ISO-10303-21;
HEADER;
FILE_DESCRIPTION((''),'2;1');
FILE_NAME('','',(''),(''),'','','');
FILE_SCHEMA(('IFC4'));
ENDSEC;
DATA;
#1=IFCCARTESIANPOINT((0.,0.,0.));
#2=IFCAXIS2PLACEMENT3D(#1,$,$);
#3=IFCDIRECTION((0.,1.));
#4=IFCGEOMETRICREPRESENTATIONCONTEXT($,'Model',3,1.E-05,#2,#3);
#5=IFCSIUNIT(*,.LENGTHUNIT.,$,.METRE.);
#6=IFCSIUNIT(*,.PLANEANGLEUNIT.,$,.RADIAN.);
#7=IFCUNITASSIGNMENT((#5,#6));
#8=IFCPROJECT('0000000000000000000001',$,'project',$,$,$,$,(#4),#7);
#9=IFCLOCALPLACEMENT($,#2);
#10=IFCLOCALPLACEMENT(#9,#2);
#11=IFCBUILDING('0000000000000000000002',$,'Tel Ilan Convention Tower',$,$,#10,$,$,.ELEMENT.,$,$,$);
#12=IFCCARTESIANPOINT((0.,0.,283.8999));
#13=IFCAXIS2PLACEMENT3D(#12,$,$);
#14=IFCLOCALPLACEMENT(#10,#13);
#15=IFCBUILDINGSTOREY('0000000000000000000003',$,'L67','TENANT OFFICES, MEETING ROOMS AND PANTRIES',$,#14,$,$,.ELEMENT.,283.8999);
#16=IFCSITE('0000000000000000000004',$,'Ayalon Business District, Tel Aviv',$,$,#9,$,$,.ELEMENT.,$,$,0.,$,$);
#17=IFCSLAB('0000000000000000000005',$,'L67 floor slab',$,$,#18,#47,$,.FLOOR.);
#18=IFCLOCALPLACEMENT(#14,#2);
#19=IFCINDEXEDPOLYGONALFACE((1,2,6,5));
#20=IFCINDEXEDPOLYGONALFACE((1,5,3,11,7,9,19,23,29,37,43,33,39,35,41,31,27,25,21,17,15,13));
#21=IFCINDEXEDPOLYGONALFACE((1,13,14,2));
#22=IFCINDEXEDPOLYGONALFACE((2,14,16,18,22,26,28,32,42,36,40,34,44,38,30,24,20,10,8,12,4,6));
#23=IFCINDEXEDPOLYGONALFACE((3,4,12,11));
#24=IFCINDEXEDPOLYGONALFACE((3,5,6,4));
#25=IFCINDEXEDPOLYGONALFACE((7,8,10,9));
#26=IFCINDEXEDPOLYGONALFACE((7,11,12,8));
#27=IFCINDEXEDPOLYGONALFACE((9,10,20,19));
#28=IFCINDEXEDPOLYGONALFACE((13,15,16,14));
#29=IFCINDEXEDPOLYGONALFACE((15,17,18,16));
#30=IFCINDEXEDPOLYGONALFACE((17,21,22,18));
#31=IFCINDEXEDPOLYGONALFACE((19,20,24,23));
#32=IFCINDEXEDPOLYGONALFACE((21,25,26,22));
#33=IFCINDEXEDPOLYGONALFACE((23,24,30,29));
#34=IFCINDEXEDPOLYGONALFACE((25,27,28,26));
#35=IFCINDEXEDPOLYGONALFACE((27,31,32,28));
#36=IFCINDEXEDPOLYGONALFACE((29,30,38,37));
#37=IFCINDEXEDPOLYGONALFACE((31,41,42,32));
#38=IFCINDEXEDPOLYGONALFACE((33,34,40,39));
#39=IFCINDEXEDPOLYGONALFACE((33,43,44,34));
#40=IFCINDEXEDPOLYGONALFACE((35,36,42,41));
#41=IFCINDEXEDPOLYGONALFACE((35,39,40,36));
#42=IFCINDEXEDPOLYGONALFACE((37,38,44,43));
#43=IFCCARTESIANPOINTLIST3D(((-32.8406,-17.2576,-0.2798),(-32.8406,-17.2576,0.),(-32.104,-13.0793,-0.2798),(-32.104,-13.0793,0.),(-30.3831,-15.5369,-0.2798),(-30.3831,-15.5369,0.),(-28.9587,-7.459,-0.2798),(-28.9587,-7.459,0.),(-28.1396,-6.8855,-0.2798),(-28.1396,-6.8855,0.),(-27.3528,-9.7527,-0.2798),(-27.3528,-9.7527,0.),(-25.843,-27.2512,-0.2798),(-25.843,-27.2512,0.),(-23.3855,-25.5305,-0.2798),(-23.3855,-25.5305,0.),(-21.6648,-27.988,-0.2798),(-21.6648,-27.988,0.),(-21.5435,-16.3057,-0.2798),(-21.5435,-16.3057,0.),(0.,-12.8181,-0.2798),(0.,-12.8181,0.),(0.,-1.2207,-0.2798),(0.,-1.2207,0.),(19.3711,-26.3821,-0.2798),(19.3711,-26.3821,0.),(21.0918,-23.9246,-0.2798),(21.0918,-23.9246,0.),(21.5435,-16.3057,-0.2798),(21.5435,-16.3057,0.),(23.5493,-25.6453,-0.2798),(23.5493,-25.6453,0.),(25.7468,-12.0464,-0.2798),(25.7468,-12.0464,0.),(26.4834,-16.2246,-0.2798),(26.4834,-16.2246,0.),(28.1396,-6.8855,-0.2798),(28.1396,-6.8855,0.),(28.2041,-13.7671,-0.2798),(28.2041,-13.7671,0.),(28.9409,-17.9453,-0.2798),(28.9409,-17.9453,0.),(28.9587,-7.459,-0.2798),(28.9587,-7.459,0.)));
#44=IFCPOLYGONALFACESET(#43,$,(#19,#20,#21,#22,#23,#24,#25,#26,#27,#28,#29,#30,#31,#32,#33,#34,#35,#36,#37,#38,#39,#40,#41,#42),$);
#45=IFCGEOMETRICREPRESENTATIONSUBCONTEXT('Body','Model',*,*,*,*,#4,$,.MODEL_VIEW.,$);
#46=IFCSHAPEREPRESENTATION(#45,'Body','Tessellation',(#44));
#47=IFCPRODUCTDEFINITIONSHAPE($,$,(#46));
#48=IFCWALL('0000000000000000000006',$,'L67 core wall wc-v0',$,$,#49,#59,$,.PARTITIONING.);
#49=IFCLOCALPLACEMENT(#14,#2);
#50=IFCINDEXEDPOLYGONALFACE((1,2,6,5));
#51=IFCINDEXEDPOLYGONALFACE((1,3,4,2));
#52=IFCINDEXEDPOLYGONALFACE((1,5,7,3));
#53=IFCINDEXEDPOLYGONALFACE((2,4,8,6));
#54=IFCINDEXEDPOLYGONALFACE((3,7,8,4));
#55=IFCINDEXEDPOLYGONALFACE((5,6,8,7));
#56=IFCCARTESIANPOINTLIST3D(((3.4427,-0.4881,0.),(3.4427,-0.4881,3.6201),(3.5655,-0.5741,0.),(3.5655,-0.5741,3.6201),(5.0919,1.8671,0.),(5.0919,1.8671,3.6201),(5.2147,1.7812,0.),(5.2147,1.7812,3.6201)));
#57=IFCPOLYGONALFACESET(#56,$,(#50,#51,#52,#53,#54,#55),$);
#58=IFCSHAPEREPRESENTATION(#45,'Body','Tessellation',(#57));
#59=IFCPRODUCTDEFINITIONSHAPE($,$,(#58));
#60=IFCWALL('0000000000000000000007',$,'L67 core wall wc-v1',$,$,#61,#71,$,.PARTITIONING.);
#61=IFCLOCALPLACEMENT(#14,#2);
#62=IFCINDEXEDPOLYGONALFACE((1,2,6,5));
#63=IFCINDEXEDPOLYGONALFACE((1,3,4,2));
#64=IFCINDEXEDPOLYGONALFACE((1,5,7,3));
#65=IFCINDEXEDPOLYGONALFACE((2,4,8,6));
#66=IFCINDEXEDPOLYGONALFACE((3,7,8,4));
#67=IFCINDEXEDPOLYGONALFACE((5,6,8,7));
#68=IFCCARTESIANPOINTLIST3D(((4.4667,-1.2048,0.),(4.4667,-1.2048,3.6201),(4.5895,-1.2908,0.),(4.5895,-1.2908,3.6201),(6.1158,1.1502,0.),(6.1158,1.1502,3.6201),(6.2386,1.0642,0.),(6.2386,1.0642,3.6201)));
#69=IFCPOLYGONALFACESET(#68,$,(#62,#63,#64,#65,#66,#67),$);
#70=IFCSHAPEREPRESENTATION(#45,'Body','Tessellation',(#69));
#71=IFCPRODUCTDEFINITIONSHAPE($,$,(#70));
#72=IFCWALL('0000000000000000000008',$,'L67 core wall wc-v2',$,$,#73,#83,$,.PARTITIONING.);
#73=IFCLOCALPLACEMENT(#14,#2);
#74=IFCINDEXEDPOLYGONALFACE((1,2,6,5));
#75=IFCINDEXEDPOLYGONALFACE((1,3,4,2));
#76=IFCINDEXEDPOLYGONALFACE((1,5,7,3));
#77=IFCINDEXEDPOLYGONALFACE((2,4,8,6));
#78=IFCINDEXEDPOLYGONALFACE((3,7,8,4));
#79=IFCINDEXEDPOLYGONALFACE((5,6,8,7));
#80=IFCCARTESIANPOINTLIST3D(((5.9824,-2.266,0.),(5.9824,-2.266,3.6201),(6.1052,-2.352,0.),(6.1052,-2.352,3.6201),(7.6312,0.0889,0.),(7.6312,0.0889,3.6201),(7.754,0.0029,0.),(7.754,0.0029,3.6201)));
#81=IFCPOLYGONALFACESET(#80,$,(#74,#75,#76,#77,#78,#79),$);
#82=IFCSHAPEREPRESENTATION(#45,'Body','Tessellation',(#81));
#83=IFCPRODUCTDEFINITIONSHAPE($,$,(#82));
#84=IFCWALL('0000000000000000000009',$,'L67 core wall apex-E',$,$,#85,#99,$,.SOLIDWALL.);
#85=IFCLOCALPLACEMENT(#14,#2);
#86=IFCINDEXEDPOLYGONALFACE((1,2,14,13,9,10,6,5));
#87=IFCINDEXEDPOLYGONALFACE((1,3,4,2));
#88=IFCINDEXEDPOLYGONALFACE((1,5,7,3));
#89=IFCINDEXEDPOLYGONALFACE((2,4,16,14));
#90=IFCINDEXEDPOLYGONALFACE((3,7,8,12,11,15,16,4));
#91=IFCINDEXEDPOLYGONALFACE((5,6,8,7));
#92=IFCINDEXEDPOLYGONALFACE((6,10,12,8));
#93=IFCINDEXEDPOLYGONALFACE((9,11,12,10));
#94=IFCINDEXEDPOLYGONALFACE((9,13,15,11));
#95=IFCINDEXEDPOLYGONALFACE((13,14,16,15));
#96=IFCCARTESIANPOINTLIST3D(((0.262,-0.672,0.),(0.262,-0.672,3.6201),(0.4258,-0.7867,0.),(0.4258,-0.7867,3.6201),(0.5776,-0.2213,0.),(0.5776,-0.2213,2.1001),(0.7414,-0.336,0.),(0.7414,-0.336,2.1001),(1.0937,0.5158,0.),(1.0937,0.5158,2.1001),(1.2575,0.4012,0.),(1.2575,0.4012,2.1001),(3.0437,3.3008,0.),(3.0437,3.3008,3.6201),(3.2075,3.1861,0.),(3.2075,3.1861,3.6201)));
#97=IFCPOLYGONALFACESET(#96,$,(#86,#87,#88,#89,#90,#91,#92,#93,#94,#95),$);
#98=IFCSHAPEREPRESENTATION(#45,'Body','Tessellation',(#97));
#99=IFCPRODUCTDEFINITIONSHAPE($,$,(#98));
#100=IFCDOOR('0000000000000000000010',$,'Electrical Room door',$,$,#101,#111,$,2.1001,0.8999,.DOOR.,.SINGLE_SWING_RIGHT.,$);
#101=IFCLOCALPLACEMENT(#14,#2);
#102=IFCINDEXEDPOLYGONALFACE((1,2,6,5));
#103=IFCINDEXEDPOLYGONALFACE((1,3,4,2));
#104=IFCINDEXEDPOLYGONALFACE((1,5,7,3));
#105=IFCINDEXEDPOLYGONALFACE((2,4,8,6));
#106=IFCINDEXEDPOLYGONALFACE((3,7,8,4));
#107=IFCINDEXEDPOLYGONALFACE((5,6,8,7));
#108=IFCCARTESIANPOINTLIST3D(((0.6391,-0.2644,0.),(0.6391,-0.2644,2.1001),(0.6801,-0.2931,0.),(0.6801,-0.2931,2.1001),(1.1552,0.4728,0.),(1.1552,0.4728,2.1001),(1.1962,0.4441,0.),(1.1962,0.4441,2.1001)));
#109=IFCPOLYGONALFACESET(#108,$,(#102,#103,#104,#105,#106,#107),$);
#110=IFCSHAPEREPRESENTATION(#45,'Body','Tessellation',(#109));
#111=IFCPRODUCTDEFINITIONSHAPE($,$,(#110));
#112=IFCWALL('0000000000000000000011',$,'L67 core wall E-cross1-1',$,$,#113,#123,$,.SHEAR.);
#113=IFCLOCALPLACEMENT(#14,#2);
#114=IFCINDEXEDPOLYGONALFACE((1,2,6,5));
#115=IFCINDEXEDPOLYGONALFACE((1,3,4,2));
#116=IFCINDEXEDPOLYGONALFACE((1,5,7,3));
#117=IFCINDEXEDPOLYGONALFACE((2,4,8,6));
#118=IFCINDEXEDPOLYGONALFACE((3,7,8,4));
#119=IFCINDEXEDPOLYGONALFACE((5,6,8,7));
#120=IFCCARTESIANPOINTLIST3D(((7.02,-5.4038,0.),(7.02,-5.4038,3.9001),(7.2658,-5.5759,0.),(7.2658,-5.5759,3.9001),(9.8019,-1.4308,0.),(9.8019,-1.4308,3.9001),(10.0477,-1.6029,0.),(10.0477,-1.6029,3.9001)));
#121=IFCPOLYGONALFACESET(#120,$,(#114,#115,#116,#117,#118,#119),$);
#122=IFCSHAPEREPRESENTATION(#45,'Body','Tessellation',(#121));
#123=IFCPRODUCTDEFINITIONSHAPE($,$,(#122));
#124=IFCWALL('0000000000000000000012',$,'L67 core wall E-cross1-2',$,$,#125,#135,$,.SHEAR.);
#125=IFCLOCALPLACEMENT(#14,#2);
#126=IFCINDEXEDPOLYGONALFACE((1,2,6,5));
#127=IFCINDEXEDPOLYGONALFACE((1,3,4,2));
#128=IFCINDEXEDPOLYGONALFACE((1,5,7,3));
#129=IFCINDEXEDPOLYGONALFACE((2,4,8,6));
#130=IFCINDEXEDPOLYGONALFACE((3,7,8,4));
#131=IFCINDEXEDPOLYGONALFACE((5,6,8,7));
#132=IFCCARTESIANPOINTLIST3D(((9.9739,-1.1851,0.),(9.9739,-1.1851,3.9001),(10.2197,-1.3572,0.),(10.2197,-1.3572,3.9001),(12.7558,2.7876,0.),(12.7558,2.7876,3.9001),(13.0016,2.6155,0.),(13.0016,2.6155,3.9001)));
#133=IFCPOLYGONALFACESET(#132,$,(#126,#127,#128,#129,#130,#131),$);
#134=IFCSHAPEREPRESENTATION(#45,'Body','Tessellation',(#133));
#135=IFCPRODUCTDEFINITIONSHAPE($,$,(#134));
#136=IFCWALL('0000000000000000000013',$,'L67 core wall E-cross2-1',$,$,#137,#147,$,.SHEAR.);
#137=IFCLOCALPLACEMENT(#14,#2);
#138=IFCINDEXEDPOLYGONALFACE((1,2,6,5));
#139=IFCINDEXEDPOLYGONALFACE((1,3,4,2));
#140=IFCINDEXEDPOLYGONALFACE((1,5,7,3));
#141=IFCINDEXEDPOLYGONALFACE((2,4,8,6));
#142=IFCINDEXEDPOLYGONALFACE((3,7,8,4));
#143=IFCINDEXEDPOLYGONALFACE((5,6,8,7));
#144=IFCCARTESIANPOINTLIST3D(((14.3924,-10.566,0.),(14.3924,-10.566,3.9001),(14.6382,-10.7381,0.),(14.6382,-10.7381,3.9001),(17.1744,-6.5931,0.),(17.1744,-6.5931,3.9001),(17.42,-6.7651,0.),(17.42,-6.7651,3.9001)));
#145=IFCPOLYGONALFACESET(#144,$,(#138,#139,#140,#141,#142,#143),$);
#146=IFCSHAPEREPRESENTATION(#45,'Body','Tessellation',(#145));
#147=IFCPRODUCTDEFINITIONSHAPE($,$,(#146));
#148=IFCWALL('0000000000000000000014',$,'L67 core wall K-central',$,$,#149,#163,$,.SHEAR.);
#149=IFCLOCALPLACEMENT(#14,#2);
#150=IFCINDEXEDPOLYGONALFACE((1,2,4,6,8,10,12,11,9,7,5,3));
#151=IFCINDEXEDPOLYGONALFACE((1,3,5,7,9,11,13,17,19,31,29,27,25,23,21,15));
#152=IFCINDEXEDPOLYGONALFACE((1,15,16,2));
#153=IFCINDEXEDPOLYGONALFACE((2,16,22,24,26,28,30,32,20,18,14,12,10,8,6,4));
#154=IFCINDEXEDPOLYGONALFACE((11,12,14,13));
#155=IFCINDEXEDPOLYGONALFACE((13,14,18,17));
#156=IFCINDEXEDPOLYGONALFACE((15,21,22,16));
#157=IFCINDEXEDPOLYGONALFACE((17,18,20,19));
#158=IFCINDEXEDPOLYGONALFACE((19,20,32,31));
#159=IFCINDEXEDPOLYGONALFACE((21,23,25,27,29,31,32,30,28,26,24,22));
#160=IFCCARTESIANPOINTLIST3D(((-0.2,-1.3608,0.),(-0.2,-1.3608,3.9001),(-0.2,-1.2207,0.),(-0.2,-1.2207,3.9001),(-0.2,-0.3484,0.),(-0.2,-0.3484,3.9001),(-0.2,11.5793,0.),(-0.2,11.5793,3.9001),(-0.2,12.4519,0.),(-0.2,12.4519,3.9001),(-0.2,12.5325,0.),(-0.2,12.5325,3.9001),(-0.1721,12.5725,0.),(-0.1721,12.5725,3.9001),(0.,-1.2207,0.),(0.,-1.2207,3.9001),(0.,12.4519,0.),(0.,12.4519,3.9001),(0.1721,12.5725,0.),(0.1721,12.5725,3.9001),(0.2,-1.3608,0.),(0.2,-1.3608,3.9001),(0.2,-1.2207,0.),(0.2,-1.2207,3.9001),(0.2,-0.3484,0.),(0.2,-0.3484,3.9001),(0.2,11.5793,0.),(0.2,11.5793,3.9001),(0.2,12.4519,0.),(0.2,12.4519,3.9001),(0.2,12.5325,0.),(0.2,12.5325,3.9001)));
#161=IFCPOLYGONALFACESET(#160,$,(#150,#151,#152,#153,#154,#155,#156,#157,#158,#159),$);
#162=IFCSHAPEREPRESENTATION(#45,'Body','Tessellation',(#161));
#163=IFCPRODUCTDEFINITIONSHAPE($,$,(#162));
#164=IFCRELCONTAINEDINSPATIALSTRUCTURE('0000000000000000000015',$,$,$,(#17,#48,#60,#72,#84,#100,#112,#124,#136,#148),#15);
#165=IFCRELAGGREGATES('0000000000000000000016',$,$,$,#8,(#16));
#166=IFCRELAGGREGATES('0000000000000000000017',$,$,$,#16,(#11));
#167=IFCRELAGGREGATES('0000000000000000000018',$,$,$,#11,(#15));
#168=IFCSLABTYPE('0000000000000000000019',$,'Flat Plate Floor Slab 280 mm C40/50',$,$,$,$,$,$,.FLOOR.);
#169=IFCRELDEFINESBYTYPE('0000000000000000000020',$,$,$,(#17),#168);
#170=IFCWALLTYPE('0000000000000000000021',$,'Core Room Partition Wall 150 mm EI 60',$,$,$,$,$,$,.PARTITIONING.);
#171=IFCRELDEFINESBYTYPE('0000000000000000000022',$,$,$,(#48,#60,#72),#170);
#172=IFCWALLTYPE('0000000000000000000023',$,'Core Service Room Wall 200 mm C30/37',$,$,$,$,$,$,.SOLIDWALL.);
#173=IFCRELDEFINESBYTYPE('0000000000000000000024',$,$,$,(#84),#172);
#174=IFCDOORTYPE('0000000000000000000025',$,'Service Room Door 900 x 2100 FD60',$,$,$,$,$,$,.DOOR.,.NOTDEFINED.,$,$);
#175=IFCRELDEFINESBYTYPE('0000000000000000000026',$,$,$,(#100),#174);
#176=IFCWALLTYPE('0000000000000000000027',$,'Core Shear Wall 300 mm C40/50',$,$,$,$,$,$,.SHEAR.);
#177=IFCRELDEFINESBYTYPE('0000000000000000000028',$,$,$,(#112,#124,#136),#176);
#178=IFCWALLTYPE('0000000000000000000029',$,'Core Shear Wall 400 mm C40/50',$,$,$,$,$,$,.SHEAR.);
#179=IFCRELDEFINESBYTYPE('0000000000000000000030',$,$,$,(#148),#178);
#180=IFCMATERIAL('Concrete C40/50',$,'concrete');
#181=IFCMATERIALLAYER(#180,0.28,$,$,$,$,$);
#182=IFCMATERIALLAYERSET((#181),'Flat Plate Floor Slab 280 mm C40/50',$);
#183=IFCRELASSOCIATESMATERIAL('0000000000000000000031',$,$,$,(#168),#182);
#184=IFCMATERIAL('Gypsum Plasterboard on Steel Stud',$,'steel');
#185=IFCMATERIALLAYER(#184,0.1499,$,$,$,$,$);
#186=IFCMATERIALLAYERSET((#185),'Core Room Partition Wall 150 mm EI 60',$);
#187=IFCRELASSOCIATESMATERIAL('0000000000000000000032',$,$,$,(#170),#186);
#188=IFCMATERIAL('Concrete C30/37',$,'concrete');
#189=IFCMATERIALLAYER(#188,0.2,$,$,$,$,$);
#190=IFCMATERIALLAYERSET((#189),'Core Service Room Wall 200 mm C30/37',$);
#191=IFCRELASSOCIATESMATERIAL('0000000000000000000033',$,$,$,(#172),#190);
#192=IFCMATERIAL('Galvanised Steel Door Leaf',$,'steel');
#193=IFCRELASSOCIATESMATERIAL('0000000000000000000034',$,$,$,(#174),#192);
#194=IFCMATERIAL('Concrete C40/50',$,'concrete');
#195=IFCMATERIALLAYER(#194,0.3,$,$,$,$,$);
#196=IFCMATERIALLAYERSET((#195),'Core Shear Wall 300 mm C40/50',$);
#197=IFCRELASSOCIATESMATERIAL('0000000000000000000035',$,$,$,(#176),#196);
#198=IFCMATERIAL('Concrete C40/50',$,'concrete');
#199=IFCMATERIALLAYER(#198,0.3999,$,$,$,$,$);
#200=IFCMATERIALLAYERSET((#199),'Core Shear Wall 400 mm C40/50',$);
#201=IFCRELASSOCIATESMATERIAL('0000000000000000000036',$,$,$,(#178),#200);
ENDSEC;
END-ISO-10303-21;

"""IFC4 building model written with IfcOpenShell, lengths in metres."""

from ifc_helpers import new_model, si_unit, direction, frame, frame_2d, origin, place, context, subcontext, project, spatial, polyline, rectangle, outline, extrude, material, layer, layer_set, type_object, element, fill, save


model = new_model("IFC4")

# Units and contexts
model_context = context("Model", 3, precision=1e-05, world=origin(), true_north=direction((0.0, 1.0)))
body_context = subcontext(model_context, "Body", "Model", "MODEL_VIEW")
ifc_project = project(units=[si_unit("LENGTHUNIT", "METRE"), si_unit("PLANEANGLEUNIT", "RADIAN")], contexts=[model_context])

# Site, building, storey
site_placement = place(None, origin())
site = spatial("IfcSite", under=ifc_project, at=site_placement, Name="Ayalon Business District, Tel Aviv", CompositionType="ELEMENT", RefElevation=0.0)
building_placement = place(site_placement, origin())
building = spatial("IfcBuilding", under=site, at=building_placement, Name="Tel Ilan Convention Tower", CompositionType="ELEMENT")
storey_placement = place(building_placement, frame((0.0, 0.0, 283.8999)))
storey = spatial("IfcBuildingStorey", under=building, at=storey_placement, Name="L67", Description="TENANT OFFICES, MEETING ROOMS AND PANTRIES", CompositionType="ELEMENT", Elevation=283.8999)

# Slab
ifc_material_1 = material(Name="Concrete C40/50", Category="concrete")
ifc_layer_1 = layer(ifc_material_1, 0.28)
ifc_layer_set_1 = layer_set([ifc_layer_1], Name="Flat Plate Floor Slab 280 mm C40/50")
slab_type_1 = type_object("IfcSlabType", Name="Flat Plate Floor Slab 280 mm C40/50", PredefinedType="FLOOR", material=ifc_layer_set_1)
slab_1_placement = place(storey_placement, frame((0.0, 0.0, -0.2798)))
element("IfcSlab", 1, at=slab_1_placement, inside=storey, type_object=slab_type_1, Name="L67 floor slab", PredefinedType="FLOOR", context=body_context, shape_type="SweptSolid", body=[
    extrude(outline(polyline([(-21.5435, -16.3057), (0.0, -1.2207), (21.5435, -16.3057), (28.1396, -6.8855), (28.9587, -7.459), (25.7468, -12.0464), (28.2041, -13.7671), (26.4834, -16.2246), (28.9409, -17.9453), (23.5493, -25.6453), (21.0918, -23.9246), (19.3711, -26.3821), (0.0, -12.8181), (-21.6648, -27.988), (-23.3855, -25.5305), (-25.843, -27.2512), (-32.8406, -17.2576), (-30.3831, -15.5369), (-32.104, -13.0793), (-27.3528, -9.7527), (-28.9587, -7.459), (-28.1396, -6.8855), (-21.5435, -16.3057)])), origin(), (0.0, 0.0, 1.0), 0.2798),
])

# Walls
ifc_material_2 = material(Name="Gypsum Plasterboard on Steel Stud", Category="steel")
ifc_layer_2 = layer(ifc_material_2, 0.1499)
ifc_layer_set_2 = layer_set([ifc_layer_2], Name="Core Room Partition Wall 150 mm EI 60")
wall_type_1 = type_object("IfcWallType", Name="Core Room Partition Wall 150 mm EI 60", PredefinedType="PARTITIONING", material=ifc_layer_set_2)
wall_1_placement = place(storey_placement, frame((3.5042, -0.531, 0.0), z_axis=(0.0, 0.0, 1.0), x_axis=(0.573582, 0.819148, 0.0)))
element("IfcWall", 2, at=wall_1_placement, inside=storey, type_object=wall_type_1, Name="L67 core wall wc-v0", PredefinedType="PARTITIONING", context=body_context, shape_type="SweptSolid", body=[
    extrude(rectangle(XDim=2.8752, YDim=0.1499, at=frame_2d((1.4375, 0.0))), origin(), (0.0, 0.0, 1.0), 3.6201),
])
wall_2_placement = place(storey_placement, frame((4.5281, -1.2478, 0.0), z_axis=(0.0, 0.0, 1.0), x_axis=(0.573622, 0.81912, 0.0)))
element("IfcWall", 3, at=wall_2_placement, inside=storey, type_object=wall_type_1, Name="L67 core wall wc-v1", PredefinedType="PARTITIONING", context=body_context, shape_type="SweptSolid", body=[
    extrude(rectangle(XDim=2.875, YDim=0.1499, at=frame_2d((1.4375, 0.0))), origin(), (0.0, 0.0, 1.0), 3.6201),
])
wall_3_placement = place(storey_placement, frame((6.0437, -2.3091, 0.0), z_axis=(0.0, 0.0, 1.0), x_axis=(0.573565, 0.81916, 0.0)))
element("IfcWall", 4, at=wall_3_placement, inside=storey, type_object=wall_type_1, Name="L67 core wall wc-v2", PredefinedType="PARTITIONING", context=body_context, shape_type="SweptSolid", body=[
    extrude(rectangle(XDim=2.8748, YDim=0.1499, at=frame_2d((1.4375, 0.0))), origin(), (0.0, 0.0, 1.0), 3.6201),
])

# Wall, opening, door
ifc_material_3 = material(Name="Concrete C30/37", Category="concrete")
ifc_layer_3 = layer(ifc_material_3, 0.2)
ifc_layer_set_3 = layer_set([ifc_layer_3], Name="Core Service Room Wall 200 mm C30/37")
wall_type_2 = type_object("IfcWallType", Name="Core Service Room Wall 200 mm C30/37", PredefinedType="SOLIDWALL", material=ifc_layer_set_3)
wall_4_placement = place(storey_placement, frame((0.344, -0.7292, 0.0), z_axis=(0.0, 0.0, 1.0), x_axis=(0.57356, 0.819163, 0.0)))
wall_4 = element("IfcWall", 5, at=wall_4_placement, inside=storey, type_object=wall_type_2, Name="L67 core wall apex-E", PredefinedType="SOLIDWALL", context=body_context, shape_type="SweptSolid", body=[
    extrude(rectangle(XDim=4.8499, YDim=0.2, at=frame_2d((2.4248, 0.0))), origin(), (0.0, 0.0, 1.0), 3.6201),
])
opening_1_placement = place(wall_4_placement, frame((0.55, 0.0, 0.0)))
opening_1 = element("IfcOpeningElement", 6, at=opening_1_placement, cuts=wall_4, PredefinedType="OPENING", context=body_context, shape_type="SweptSolid", body=[
    extrude(rectangle(XDim=0.8999, YDim=2.1001, at=frame_2d((0.45, 1.05))), frame((0.0, 0.1099, 0.0), z_axis=(0.0, -1.0, 0.0), x_axis=(1.0, 0.0, 0.0)), (0.0, 0.0, 1.0), 0.22),
])
ifc_material_4 = material(Name="Galvanised Steel Door Leaf", Category="steel")
door_type_1 = type_object("IfcDoorType", Name="Service Room Door 900 x 2100 FD60", OperationType="NOTDEFINED", PredefinedType="DOOR", material=ifc_material_4)
door_1_placement = place(opening_1_placement, origin())
door_1 = element("IfcDoor", 7, at=door_1_placement, inside=storey, type_object=door_type_1, Name="Electrical Room door", OperationType="SINGLE_SWING_RIGHT", OverallHeight=2.1001, OverallWidth=0.8999, PredefinedType="DOOR", context=body_context, shape_type="SweptSolid", body=[
    extrude(rectangle(XDim=0.8999, YDim=2.1001, at=frame_2d((0.45, 1.05))), frame((0.0, 0.0249, 0.0), z_axis=(0.0, -1.0, 0.0), x_axis=(1.0, 0.0, 0.0)), (0.0, 0.0, 1.0), 0.05),
])
fill(opening_1, door_1)

# Walls
ifc_material_5 = material(Name="Concrete C40/50", Category="concrete")
ifc_layer_4 = layer(ifc_material_5, 0.3)
ifc_layer_set_4 = layer_set([ifc_layer_4], Name="Core Shear Wall 300 mm C40/50")
wall_type_3 = type_object("IfcWallType", Name="Core Shear Wall 300 mm C40/50", PredefinedType="SHEAR", material=ifc_layer_set_4)
wall_5_placement = place(storey_placement, frame((7.1428, -5.4897, 0.0), z_axis=(0.0, 0.0, 1.0), x_axis=(0.573618, 0.819123, 0.0)))
element("IfcWall", 8, at=wall_5_placement, inside=storey, type_object=wall_type_3, Name="L67 core wall E-cross1-1", PredefinedType="SHEAR", context=body_context, shape_type="SweptSolid", body=[
    extrude(outline(polyline([(0.0, 0.1499), (0.0, -0.1501), (4.8501, -0.1499), (4.8501, 0.1501), (0.0, 0.1499)])), origin(), (0.0, 0.0, 1.0), 3.9001),
])
wall_6_placement = place(storey_placement, frame((10.0969, -1.2712, 0.0), z_axis=(0.0, 0.0, 1.0), x_axis=(0.57356, 0.819163, 0.0)))
element("IfcWall", 9, at=wall_6_placement, inside=storey, type_object=wall_type_3, Name="L67 core wall E-cross1-2", PredefinedType="SHEAR", context=body_context, shape_type="SweptSolid", body=[
    extrude(outline(polyline([(4.8499, -0.1501), (4.8499, 0.1499), (0.0, 0.1501), (0.0, -0.1499), (4.8499, -0.1501)])), origin(), (0.0, 0.0, 1.0), 3.9001),
])
wall_7_placement = place(storey_placement, frame((14.5154, -10.6521, 0.0), z_axis=(0.0, 0.0, 1.0), x_axis=(0.57356, 0.819163, 0.0)))
element("IfcWall", 10, at=wall_7_placement, inside=storey, type_object=wall_type_3, Name="L67 core wall E-cross2-1", PredefinedType="SHEAR", context=body_context, shape_type="SweptSolid", body=[
    extrude(outline(polyline([(0.0, 0.1501), (0.0, -0.1499), (4.8501, -0.1499), (4.8501, 0.1499), (0.0, 0.1501)])), origin(), (0.0, 0.0, 1.0), 3.9001),
])
ifc_material_6 = material(Name="Concrete C40/50", Category="concrete")
ifc_layer_5 = layer(ifc_material_6, 0.3999)
ifc_layer_set_5 = layer_set([ifc_layer_5], Name="Core Shear Wall 400 mm C40/50")
wall_type_4 = type_object("IfcWallType", Name="Core Shear Wall 400 mm C40/50", PredefinedType="SHEAR", material=ifc_layer_set_5)
wall_8_placement = place(storey_placement, frame((0.0, -1.3608, 0.0), z_axis=(0.0, 0.0, 1.0), x_axis=(0.0, 1.0, 0.0)))
element("IfcWall", 11, at=wall_8_placement, inside=storey, type_object=wall_type_4, Name="L67 core wall K-central", PredefinedType="SHEAR", context=body_context, shape_type="SweptSolid", body=[
    extrude(outline(polyline([(0.1401, 0.2), (0.0, 0.2), (0.1401, 0.0), (0.0, -0.2), (0.1401, -0.2), (1.0125, -0.2), (12.9402, -0.2), (13.8127, -0.2), (13.8933, -0.2), (13.9333, -0.1721), (13.8127, 0.0), (13.9333, 0.1721), (13.8933, 0.2), (13.8127, 0.2), (12.9402, 0.2), (1.0125, 0.2), (0.1401, 0.2)])), origin(), (0.0, 0.0, 1.0), 3.9001),
])

save(model, "model.ifc")
